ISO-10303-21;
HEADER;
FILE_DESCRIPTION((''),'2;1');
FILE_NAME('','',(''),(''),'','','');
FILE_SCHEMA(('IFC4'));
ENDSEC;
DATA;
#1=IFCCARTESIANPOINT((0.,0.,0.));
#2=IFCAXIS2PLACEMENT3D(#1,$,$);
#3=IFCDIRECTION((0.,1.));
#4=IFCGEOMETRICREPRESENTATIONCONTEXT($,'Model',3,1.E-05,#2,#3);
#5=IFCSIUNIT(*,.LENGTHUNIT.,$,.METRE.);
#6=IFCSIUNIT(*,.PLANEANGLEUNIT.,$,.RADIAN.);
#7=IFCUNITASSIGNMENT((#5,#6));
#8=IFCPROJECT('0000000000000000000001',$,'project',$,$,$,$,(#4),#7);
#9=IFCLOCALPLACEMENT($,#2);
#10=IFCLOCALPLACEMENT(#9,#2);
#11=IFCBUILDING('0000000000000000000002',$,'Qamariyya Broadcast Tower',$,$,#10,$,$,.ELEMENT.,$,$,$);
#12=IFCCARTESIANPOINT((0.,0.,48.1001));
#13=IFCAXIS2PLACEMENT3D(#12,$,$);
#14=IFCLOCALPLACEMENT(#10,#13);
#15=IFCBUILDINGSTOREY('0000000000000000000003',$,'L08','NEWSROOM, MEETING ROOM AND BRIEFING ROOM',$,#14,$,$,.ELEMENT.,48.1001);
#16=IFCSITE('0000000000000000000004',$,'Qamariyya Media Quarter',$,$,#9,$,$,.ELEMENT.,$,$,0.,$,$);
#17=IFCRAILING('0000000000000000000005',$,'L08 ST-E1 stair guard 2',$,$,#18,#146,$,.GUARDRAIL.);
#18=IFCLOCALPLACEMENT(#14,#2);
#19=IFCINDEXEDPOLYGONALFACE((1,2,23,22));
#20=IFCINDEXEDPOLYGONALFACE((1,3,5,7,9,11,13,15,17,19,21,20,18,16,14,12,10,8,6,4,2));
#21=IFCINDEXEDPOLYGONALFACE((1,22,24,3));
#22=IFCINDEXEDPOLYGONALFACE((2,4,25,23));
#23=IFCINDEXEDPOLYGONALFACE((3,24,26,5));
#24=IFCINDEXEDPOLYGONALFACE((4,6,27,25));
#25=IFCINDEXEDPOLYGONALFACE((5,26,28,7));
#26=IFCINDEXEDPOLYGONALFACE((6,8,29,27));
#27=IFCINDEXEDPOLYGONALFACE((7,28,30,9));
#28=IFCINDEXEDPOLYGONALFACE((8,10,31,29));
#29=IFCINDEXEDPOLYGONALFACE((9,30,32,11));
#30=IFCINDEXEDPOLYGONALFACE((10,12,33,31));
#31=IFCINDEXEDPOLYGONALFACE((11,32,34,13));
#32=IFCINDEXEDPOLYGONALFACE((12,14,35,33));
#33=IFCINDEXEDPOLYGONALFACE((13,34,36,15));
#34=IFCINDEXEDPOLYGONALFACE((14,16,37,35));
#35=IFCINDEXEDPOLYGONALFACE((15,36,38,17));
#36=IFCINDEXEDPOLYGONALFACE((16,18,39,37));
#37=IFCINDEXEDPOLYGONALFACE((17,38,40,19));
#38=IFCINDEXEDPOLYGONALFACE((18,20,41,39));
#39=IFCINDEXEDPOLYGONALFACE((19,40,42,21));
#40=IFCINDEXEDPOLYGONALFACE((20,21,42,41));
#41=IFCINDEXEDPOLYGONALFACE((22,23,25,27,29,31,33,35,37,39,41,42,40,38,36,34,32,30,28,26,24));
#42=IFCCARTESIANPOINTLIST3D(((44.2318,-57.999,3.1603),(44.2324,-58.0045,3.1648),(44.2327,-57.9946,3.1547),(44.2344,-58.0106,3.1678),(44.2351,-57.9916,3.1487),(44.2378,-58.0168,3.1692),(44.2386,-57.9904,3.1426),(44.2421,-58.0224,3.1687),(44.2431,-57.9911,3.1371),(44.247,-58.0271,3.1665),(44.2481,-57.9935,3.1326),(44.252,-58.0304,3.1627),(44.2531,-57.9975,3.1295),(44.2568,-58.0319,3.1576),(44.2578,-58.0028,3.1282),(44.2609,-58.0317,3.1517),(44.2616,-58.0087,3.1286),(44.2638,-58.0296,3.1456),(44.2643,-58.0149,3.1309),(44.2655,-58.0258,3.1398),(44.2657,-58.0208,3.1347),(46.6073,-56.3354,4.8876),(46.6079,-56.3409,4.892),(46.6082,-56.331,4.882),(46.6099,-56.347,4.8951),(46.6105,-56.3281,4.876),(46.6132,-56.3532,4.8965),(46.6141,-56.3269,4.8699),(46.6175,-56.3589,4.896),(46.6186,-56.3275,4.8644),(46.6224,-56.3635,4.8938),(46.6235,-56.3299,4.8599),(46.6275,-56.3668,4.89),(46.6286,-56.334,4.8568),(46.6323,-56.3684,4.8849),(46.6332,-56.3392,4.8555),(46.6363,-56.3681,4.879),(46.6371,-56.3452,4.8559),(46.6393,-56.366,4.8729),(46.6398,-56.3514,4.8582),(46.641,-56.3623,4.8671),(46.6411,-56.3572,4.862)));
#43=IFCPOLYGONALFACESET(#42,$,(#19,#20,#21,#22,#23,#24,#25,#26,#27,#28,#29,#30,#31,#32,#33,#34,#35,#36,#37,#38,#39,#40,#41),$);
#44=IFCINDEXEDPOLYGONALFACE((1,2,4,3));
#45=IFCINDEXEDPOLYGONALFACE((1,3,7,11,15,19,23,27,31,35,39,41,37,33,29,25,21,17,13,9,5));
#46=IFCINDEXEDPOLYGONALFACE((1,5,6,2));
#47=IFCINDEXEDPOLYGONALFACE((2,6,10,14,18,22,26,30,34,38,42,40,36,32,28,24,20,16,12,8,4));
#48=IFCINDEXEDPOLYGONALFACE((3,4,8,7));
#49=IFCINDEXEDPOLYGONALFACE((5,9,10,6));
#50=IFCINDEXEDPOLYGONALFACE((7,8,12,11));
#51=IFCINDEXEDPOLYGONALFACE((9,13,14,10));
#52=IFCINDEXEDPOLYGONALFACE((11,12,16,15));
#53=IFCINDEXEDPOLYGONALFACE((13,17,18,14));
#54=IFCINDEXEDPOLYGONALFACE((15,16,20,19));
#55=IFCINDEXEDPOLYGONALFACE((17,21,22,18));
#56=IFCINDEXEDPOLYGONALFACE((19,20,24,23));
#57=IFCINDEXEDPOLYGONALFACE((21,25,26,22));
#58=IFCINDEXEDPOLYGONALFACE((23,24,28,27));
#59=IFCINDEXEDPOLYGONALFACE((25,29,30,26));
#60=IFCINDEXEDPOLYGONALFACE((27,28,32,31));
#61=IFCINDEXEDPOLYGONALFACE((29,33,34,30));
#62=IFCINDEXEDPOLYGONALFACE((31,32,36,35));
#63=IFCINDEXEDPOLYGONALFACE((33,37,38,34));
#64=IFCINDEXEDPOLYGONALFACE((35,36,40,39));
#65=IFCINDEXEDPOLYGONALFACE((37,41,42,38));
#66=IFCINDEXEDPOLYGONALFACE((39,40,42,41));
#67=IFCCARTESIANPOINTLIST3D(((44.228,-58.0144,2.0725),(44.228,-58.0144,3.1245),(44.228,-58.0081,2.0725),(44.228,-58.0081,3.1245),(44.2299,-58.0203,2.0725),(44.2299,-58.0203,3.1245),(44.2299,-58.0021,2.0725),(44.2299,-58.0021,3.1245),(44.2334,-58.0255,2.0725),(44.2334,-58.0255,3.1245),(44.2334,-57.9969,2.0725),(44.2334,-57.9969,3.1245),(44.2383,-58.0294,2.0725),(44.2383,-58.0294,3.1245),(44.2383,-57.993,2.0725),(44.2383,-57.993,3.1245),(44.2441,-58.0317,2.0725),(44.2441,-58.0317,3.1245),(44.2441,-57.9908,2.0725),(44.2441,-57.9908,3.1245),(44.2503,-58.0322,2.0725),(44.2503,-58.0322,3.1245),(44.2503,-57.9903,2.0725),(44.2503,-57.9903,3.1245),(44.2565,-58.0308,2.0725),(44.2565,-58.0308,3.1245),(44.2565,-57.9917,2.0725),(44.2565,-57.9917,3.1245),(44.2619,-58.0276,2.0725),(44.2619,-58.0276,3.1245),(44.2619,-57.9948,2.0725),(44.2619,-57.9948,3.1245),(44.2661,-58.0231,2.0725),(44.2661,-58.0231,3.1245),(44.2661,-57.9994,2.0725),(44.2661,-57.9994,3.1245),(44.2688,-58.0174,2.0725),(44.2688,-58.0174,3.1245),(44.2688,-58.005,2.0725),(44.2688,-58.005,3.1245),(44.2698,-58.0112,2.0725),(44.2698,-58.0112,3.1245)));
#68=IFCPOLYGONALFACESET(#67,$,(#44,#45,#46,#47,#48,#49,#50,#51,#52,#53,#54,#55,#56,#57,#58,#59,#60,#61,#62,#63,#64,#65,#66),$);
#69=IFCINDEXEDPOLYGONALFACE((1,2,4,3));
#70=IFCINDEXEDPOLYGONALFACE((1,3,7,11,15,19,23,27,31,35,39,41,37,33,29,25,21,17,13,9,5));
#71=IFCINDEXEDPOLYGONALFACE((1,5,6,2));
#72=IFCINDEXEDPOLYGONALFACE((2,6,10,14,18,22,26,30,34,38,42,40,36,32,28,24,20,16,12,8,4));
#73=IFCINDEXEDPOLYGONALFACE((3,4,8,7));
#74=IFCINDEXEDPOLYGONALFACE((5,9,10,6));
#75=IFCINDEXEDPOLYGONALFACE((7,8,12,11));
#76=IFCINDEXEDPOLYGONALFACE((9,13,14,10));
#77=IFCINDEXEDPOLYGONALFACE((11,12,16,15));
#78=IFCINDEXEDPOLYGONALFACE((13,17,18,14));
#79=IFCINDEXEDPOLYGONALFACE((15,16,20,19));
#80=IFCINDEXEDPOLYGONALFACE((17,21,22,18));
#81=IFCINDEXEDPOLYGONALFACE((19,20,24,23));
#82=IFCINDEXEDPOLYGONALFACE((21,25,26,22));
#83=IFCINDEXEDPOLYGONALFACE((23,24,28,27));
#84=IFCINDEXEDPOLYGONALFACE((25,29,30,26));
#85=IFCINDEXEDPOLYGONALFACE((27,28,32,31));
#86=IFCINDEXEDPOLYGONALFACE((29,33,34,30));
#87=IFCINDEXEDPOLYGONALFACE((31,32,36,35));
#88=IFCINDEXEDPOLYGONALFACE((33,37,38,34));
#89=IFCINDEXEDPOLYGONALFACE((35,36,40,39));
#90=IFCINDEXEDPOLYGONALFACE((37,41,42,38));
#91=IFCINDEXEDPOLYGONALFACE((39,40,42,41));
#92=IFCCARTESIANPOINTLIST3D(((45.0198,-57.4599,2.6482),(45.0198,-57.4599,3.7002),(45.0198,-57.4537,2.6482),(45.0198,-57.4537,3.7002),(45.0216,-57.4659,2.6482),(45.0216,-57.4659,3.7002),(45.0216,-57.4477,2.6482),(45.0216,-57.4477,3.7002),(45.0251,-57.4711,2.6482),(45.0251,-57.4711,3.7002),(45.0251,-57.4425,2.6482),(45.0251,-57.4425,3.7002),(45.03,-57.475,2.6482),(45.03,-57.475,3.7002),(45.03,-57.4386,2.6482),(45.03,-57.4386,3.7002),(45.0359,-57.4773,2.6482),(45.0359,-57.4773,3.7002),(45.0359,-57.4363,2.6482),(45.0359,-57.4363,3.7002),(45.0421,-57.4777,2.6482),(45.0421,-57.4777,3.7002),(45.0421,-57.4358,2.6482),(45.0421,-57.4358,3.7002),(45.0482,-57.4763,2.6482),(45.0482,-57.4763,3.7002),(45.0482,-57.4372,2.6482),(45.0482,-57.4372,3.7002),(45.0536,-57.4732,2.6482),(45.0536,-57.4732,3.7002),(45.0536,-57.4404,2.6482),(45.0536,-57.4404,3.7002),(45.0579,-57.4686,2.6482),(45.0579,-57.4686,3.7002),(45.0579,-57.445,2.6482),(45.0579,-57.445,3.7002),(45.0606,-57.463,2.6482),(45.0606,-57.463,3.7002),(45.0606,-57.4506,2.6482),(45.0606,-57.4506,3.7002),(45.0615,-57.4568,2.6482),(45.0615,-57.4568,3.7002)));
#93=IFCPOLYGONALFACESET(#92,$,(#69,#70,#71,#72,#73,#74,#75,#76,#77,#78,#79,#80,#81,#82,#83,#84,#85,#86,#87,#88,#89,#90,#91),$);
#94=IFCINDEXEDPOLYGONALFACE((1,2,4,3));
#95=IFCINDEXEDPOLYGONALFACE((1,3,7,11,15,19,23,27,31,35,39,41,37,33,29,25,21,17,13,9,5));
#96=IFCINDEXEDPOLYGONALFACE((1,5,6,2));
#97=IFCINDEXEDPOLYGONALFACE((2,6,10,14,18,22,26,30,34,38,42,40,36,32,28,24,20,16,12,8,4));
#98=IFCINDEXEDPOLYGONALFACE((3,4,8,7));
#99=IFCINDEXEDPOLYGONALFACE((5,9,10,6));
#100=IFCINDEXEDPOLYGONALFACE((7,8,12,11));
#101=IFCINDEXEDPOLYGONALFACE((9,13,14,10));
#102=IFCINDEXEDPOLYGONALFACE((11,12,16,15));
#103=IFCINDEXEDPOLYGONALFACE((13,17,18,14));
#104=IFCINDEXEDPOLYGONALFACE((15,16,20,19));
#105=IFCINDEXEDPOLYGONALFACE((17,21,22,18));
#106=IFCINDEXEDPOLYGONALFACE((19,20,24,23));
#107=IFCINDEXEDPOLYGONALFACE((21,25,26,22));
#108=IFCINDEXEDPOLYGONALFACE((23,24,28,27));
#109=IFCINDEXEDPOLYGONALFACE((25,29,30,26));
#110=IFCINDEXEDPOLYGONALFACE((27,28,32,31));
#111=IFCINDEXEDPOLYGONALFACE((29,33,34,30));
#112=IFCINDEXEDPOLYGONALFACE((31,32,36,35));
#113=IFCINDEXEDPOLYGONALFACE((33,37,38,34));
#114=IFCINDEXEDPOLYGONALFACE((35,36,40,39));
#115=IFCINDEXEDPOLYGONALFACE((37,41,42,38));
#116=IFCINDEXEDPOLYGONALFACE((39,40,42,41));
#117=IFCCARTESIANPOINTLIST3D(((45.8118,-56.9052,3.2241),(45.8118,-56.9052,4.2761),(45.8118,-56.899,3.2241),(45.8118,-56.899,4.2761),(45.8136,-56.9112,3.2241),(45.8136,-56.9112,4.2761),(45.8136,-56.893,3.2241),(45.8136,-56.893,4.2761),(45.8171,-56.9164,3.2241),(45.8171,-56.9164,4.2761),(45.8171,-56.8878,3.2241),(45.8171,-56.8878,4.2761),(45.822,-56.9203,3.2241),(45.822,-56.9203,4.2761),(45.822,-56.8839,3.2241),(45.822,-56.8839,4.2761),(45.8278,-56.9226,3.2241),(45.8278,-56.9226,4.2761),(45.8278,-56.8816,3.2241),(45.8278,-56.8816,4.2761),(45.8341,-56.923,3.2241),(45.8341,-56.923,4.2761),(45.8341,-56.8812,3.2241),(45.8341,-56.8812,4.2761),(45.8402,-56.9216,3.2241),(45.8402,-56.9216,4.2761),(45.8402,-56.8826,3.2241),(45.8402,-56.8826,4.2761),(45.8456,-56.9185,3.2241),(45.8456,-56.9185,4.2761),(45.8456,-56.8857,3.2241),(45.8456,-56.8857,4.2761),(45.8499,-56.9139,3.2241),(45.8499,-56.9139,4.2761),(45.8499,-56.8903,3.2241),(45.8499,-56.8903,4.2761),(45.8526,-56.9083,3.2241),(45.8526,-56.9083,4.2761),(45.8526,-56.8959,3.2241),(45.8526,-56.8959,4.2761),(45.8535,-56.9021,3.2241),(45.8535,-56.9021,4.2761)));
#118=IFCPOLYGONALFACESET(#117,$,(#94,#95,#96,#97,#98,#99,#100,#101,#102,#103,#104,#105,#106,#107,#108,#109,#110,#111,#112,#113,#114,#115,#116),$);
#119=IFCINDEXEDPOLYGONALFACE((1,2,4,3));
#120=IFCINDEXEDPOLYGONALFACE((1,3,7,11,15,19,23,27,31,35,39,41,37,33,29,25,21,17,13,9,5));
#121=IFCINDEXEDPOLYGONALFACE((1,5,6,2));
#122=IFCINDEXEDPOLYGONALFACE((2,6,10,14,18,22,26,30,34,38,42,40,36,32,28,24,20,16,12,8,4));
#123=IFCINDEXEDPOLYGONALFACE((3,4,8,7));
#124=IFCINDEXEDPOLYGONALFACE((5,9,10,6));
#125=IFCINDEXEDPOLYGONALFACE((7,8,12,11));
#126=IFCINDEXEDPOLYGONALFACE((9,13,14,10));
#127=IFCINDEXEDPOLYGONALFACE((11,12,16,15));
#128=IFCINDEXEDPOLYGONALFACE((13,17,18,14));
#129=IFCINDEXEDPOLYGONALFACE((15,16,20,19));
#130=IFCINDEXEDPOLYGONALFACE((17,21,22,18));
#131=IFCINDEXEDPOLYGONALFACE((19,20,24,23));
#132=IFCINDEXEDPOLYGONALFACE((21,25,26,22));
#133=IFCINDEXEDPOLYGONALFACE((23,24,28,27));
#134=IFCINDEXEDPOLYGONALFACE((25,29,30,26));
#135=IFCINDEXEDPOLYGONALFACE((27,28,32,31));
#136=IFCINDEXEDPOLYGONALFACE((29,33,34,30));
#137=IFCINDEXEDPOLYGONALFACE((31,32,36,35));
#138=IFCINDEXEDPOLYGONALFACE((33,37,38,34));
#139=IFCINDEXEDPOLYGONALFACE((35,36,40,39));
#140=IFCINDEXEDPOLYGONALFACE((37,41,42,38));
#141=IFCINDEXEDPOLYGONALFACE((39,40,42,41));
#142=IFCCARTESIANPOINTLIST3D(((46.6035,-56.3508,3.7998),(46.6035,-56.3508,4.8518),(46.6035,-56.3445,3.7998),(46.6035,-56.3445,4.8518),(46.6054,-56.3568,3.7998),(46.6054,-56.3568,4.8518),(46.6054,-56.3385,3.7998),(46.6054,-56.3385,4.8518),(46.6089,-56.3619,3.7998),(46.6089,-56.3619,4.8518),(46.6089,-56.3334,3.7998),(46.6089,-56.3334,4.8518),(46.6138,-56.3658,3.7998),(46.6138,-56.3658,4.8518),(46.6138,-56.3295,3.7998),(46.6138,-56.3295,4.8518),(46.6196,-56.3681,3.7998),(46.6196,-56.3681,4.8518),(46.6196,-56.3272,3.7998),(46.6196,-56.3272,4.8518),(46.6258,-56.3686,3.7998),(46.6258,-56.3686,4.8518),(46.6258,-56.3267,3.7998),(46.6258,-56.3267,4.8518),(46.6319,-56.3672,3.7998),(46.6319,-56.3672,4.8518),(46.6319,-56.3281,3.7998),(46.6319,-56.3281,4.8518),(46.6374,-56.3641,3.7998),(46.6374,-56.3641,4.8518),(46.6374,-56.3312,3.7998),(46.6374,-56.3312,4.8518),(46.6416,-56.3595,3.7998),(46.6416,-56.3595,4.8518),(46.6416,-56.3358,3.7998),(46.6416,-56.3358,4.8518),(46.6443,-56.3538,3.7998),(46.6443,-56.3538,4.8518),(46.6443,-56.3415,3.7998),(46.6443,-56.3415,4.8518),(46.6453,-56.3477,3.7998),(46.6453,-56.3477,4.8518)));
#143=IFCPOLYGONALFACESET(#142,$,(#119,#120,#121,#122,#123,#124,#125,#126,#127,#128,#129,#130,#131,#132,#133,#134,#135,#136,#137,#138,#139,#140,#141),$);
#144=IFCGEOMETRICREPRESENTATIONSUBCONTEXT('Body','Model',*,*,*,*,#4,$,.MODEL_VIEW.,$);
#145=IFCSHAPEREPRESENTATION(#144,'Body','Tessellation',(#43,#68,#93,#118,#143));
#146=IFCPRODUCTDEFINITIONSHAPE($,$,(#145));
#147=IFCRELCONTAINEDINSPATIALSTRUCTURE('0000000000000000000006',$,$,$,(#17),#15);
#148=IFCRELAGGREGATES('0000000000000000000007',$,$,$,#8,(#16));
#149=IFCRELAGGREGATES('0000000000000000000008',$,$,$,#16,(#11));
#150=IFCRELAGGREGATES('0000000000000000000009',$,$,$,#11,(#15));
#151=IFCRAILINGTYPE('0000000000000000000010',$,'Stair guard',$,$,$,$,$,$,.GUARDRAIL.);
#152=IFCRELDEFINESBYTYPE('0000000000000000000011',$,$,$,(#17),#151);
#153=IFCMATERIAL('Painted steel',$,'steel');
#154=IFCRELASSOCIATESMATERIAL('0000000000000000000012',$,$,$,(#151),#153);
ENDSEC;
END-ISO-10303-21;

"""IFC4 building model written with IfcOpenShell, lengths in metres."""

from ifc_helpers import new_model, si_unit, direction, frame, origin, origin_2d, place, context, subcontext, project, spatial, circle, extrude, material, type_object, element, save


model = new_model("IFC4")

# Units and contexts
model_context = context("Model", 3, precision=1e-05, world=origin(), true_north=direction((0.0, 1.0)))
body_context = subcontext(model_context, "Body", "Model", "MODEL_VIEW")
ifc_project = project(units=[si_unit("LENGTHUNIT", "METRE"), si_unit("PLANEANGLEUNIT", "RADIAN")], contexts=[model_context])

# Site, building, storey
site_placement = place(None, origin())
site = spatial("IfcSite", under=ifc_project, at=site_placement, Name="Qamariyya Media Quarter", CompositionType="ELEMENT", RefElevation=0.0)
building_placement = place(site_placement, origin())
building = spatial("IfcBuilding", under=site, at=building_placement, Name="Qamariyya Broadcast Tower", CompositionType="ELEMENT")
storey_placement = place(building_placement, frame((0.0, 0.0, 48.1001)))
storey = spatial("IfcBuildingStorey", under=building, at=storey_placement, Name="L08", Description="NEWSROOM, MEETING ROOM AND BRIEFING ROOM", CompositionType="ELEMENT", Elevation=48.1001)

# Railing
ifc_material_1 = material(Name="Painted steel", Category="steel")
railing_type_1 = type_object("IfcRailingType", Name="Stair guard", PredefinedType="GUARDRAIL", material=ifc_material_1)
railing_1_placement = place(storey_placement, frame((44.2488, -58.0112, 2.0725)))
element("IfcRailing", 1, at=railing_1_placement, inside=storey, type_object=railing_type_1, Name="L08 ST-E1 stair guard 2", PredefinedType="GUARDRAIL", context=body_context, shape_type="SweptSolid", body=[
    extrude(circle(Radius=0.0239, at=origin_2d()), frame((0.0, 0.0, 1.0762), z_axis=(0.703745, 0.492838, 0.511716), x_axis=(-0.573632, 0.819113, 0.0)), (0.0, 0.0, 1.0), 3.3755),
    extrude(circle(Radius=0.021, at=origin_2d()), origin(), (0.0, 0.0, 1.0), 1.052),
    extrude(circle(Radius=0.021, at=origin_2d()), frame((0.7917, 0.5544, 0.5757)), (0.0, 0.0, 1.0), 1.052),
    extrude(circle(Radius=0.021, at=origin_2d()), frame((1.5837, 1.1091, 1.1516)), (0.0, 0.0, 1.0), 1.052),
    extrude(circle(Radius=0.021, at=origin_2d()), frame((2.3755, 1.6636, 1.7273)), (0.0, 0.0, 1.0), 1.052),
])

save(model, "model.ifc")
